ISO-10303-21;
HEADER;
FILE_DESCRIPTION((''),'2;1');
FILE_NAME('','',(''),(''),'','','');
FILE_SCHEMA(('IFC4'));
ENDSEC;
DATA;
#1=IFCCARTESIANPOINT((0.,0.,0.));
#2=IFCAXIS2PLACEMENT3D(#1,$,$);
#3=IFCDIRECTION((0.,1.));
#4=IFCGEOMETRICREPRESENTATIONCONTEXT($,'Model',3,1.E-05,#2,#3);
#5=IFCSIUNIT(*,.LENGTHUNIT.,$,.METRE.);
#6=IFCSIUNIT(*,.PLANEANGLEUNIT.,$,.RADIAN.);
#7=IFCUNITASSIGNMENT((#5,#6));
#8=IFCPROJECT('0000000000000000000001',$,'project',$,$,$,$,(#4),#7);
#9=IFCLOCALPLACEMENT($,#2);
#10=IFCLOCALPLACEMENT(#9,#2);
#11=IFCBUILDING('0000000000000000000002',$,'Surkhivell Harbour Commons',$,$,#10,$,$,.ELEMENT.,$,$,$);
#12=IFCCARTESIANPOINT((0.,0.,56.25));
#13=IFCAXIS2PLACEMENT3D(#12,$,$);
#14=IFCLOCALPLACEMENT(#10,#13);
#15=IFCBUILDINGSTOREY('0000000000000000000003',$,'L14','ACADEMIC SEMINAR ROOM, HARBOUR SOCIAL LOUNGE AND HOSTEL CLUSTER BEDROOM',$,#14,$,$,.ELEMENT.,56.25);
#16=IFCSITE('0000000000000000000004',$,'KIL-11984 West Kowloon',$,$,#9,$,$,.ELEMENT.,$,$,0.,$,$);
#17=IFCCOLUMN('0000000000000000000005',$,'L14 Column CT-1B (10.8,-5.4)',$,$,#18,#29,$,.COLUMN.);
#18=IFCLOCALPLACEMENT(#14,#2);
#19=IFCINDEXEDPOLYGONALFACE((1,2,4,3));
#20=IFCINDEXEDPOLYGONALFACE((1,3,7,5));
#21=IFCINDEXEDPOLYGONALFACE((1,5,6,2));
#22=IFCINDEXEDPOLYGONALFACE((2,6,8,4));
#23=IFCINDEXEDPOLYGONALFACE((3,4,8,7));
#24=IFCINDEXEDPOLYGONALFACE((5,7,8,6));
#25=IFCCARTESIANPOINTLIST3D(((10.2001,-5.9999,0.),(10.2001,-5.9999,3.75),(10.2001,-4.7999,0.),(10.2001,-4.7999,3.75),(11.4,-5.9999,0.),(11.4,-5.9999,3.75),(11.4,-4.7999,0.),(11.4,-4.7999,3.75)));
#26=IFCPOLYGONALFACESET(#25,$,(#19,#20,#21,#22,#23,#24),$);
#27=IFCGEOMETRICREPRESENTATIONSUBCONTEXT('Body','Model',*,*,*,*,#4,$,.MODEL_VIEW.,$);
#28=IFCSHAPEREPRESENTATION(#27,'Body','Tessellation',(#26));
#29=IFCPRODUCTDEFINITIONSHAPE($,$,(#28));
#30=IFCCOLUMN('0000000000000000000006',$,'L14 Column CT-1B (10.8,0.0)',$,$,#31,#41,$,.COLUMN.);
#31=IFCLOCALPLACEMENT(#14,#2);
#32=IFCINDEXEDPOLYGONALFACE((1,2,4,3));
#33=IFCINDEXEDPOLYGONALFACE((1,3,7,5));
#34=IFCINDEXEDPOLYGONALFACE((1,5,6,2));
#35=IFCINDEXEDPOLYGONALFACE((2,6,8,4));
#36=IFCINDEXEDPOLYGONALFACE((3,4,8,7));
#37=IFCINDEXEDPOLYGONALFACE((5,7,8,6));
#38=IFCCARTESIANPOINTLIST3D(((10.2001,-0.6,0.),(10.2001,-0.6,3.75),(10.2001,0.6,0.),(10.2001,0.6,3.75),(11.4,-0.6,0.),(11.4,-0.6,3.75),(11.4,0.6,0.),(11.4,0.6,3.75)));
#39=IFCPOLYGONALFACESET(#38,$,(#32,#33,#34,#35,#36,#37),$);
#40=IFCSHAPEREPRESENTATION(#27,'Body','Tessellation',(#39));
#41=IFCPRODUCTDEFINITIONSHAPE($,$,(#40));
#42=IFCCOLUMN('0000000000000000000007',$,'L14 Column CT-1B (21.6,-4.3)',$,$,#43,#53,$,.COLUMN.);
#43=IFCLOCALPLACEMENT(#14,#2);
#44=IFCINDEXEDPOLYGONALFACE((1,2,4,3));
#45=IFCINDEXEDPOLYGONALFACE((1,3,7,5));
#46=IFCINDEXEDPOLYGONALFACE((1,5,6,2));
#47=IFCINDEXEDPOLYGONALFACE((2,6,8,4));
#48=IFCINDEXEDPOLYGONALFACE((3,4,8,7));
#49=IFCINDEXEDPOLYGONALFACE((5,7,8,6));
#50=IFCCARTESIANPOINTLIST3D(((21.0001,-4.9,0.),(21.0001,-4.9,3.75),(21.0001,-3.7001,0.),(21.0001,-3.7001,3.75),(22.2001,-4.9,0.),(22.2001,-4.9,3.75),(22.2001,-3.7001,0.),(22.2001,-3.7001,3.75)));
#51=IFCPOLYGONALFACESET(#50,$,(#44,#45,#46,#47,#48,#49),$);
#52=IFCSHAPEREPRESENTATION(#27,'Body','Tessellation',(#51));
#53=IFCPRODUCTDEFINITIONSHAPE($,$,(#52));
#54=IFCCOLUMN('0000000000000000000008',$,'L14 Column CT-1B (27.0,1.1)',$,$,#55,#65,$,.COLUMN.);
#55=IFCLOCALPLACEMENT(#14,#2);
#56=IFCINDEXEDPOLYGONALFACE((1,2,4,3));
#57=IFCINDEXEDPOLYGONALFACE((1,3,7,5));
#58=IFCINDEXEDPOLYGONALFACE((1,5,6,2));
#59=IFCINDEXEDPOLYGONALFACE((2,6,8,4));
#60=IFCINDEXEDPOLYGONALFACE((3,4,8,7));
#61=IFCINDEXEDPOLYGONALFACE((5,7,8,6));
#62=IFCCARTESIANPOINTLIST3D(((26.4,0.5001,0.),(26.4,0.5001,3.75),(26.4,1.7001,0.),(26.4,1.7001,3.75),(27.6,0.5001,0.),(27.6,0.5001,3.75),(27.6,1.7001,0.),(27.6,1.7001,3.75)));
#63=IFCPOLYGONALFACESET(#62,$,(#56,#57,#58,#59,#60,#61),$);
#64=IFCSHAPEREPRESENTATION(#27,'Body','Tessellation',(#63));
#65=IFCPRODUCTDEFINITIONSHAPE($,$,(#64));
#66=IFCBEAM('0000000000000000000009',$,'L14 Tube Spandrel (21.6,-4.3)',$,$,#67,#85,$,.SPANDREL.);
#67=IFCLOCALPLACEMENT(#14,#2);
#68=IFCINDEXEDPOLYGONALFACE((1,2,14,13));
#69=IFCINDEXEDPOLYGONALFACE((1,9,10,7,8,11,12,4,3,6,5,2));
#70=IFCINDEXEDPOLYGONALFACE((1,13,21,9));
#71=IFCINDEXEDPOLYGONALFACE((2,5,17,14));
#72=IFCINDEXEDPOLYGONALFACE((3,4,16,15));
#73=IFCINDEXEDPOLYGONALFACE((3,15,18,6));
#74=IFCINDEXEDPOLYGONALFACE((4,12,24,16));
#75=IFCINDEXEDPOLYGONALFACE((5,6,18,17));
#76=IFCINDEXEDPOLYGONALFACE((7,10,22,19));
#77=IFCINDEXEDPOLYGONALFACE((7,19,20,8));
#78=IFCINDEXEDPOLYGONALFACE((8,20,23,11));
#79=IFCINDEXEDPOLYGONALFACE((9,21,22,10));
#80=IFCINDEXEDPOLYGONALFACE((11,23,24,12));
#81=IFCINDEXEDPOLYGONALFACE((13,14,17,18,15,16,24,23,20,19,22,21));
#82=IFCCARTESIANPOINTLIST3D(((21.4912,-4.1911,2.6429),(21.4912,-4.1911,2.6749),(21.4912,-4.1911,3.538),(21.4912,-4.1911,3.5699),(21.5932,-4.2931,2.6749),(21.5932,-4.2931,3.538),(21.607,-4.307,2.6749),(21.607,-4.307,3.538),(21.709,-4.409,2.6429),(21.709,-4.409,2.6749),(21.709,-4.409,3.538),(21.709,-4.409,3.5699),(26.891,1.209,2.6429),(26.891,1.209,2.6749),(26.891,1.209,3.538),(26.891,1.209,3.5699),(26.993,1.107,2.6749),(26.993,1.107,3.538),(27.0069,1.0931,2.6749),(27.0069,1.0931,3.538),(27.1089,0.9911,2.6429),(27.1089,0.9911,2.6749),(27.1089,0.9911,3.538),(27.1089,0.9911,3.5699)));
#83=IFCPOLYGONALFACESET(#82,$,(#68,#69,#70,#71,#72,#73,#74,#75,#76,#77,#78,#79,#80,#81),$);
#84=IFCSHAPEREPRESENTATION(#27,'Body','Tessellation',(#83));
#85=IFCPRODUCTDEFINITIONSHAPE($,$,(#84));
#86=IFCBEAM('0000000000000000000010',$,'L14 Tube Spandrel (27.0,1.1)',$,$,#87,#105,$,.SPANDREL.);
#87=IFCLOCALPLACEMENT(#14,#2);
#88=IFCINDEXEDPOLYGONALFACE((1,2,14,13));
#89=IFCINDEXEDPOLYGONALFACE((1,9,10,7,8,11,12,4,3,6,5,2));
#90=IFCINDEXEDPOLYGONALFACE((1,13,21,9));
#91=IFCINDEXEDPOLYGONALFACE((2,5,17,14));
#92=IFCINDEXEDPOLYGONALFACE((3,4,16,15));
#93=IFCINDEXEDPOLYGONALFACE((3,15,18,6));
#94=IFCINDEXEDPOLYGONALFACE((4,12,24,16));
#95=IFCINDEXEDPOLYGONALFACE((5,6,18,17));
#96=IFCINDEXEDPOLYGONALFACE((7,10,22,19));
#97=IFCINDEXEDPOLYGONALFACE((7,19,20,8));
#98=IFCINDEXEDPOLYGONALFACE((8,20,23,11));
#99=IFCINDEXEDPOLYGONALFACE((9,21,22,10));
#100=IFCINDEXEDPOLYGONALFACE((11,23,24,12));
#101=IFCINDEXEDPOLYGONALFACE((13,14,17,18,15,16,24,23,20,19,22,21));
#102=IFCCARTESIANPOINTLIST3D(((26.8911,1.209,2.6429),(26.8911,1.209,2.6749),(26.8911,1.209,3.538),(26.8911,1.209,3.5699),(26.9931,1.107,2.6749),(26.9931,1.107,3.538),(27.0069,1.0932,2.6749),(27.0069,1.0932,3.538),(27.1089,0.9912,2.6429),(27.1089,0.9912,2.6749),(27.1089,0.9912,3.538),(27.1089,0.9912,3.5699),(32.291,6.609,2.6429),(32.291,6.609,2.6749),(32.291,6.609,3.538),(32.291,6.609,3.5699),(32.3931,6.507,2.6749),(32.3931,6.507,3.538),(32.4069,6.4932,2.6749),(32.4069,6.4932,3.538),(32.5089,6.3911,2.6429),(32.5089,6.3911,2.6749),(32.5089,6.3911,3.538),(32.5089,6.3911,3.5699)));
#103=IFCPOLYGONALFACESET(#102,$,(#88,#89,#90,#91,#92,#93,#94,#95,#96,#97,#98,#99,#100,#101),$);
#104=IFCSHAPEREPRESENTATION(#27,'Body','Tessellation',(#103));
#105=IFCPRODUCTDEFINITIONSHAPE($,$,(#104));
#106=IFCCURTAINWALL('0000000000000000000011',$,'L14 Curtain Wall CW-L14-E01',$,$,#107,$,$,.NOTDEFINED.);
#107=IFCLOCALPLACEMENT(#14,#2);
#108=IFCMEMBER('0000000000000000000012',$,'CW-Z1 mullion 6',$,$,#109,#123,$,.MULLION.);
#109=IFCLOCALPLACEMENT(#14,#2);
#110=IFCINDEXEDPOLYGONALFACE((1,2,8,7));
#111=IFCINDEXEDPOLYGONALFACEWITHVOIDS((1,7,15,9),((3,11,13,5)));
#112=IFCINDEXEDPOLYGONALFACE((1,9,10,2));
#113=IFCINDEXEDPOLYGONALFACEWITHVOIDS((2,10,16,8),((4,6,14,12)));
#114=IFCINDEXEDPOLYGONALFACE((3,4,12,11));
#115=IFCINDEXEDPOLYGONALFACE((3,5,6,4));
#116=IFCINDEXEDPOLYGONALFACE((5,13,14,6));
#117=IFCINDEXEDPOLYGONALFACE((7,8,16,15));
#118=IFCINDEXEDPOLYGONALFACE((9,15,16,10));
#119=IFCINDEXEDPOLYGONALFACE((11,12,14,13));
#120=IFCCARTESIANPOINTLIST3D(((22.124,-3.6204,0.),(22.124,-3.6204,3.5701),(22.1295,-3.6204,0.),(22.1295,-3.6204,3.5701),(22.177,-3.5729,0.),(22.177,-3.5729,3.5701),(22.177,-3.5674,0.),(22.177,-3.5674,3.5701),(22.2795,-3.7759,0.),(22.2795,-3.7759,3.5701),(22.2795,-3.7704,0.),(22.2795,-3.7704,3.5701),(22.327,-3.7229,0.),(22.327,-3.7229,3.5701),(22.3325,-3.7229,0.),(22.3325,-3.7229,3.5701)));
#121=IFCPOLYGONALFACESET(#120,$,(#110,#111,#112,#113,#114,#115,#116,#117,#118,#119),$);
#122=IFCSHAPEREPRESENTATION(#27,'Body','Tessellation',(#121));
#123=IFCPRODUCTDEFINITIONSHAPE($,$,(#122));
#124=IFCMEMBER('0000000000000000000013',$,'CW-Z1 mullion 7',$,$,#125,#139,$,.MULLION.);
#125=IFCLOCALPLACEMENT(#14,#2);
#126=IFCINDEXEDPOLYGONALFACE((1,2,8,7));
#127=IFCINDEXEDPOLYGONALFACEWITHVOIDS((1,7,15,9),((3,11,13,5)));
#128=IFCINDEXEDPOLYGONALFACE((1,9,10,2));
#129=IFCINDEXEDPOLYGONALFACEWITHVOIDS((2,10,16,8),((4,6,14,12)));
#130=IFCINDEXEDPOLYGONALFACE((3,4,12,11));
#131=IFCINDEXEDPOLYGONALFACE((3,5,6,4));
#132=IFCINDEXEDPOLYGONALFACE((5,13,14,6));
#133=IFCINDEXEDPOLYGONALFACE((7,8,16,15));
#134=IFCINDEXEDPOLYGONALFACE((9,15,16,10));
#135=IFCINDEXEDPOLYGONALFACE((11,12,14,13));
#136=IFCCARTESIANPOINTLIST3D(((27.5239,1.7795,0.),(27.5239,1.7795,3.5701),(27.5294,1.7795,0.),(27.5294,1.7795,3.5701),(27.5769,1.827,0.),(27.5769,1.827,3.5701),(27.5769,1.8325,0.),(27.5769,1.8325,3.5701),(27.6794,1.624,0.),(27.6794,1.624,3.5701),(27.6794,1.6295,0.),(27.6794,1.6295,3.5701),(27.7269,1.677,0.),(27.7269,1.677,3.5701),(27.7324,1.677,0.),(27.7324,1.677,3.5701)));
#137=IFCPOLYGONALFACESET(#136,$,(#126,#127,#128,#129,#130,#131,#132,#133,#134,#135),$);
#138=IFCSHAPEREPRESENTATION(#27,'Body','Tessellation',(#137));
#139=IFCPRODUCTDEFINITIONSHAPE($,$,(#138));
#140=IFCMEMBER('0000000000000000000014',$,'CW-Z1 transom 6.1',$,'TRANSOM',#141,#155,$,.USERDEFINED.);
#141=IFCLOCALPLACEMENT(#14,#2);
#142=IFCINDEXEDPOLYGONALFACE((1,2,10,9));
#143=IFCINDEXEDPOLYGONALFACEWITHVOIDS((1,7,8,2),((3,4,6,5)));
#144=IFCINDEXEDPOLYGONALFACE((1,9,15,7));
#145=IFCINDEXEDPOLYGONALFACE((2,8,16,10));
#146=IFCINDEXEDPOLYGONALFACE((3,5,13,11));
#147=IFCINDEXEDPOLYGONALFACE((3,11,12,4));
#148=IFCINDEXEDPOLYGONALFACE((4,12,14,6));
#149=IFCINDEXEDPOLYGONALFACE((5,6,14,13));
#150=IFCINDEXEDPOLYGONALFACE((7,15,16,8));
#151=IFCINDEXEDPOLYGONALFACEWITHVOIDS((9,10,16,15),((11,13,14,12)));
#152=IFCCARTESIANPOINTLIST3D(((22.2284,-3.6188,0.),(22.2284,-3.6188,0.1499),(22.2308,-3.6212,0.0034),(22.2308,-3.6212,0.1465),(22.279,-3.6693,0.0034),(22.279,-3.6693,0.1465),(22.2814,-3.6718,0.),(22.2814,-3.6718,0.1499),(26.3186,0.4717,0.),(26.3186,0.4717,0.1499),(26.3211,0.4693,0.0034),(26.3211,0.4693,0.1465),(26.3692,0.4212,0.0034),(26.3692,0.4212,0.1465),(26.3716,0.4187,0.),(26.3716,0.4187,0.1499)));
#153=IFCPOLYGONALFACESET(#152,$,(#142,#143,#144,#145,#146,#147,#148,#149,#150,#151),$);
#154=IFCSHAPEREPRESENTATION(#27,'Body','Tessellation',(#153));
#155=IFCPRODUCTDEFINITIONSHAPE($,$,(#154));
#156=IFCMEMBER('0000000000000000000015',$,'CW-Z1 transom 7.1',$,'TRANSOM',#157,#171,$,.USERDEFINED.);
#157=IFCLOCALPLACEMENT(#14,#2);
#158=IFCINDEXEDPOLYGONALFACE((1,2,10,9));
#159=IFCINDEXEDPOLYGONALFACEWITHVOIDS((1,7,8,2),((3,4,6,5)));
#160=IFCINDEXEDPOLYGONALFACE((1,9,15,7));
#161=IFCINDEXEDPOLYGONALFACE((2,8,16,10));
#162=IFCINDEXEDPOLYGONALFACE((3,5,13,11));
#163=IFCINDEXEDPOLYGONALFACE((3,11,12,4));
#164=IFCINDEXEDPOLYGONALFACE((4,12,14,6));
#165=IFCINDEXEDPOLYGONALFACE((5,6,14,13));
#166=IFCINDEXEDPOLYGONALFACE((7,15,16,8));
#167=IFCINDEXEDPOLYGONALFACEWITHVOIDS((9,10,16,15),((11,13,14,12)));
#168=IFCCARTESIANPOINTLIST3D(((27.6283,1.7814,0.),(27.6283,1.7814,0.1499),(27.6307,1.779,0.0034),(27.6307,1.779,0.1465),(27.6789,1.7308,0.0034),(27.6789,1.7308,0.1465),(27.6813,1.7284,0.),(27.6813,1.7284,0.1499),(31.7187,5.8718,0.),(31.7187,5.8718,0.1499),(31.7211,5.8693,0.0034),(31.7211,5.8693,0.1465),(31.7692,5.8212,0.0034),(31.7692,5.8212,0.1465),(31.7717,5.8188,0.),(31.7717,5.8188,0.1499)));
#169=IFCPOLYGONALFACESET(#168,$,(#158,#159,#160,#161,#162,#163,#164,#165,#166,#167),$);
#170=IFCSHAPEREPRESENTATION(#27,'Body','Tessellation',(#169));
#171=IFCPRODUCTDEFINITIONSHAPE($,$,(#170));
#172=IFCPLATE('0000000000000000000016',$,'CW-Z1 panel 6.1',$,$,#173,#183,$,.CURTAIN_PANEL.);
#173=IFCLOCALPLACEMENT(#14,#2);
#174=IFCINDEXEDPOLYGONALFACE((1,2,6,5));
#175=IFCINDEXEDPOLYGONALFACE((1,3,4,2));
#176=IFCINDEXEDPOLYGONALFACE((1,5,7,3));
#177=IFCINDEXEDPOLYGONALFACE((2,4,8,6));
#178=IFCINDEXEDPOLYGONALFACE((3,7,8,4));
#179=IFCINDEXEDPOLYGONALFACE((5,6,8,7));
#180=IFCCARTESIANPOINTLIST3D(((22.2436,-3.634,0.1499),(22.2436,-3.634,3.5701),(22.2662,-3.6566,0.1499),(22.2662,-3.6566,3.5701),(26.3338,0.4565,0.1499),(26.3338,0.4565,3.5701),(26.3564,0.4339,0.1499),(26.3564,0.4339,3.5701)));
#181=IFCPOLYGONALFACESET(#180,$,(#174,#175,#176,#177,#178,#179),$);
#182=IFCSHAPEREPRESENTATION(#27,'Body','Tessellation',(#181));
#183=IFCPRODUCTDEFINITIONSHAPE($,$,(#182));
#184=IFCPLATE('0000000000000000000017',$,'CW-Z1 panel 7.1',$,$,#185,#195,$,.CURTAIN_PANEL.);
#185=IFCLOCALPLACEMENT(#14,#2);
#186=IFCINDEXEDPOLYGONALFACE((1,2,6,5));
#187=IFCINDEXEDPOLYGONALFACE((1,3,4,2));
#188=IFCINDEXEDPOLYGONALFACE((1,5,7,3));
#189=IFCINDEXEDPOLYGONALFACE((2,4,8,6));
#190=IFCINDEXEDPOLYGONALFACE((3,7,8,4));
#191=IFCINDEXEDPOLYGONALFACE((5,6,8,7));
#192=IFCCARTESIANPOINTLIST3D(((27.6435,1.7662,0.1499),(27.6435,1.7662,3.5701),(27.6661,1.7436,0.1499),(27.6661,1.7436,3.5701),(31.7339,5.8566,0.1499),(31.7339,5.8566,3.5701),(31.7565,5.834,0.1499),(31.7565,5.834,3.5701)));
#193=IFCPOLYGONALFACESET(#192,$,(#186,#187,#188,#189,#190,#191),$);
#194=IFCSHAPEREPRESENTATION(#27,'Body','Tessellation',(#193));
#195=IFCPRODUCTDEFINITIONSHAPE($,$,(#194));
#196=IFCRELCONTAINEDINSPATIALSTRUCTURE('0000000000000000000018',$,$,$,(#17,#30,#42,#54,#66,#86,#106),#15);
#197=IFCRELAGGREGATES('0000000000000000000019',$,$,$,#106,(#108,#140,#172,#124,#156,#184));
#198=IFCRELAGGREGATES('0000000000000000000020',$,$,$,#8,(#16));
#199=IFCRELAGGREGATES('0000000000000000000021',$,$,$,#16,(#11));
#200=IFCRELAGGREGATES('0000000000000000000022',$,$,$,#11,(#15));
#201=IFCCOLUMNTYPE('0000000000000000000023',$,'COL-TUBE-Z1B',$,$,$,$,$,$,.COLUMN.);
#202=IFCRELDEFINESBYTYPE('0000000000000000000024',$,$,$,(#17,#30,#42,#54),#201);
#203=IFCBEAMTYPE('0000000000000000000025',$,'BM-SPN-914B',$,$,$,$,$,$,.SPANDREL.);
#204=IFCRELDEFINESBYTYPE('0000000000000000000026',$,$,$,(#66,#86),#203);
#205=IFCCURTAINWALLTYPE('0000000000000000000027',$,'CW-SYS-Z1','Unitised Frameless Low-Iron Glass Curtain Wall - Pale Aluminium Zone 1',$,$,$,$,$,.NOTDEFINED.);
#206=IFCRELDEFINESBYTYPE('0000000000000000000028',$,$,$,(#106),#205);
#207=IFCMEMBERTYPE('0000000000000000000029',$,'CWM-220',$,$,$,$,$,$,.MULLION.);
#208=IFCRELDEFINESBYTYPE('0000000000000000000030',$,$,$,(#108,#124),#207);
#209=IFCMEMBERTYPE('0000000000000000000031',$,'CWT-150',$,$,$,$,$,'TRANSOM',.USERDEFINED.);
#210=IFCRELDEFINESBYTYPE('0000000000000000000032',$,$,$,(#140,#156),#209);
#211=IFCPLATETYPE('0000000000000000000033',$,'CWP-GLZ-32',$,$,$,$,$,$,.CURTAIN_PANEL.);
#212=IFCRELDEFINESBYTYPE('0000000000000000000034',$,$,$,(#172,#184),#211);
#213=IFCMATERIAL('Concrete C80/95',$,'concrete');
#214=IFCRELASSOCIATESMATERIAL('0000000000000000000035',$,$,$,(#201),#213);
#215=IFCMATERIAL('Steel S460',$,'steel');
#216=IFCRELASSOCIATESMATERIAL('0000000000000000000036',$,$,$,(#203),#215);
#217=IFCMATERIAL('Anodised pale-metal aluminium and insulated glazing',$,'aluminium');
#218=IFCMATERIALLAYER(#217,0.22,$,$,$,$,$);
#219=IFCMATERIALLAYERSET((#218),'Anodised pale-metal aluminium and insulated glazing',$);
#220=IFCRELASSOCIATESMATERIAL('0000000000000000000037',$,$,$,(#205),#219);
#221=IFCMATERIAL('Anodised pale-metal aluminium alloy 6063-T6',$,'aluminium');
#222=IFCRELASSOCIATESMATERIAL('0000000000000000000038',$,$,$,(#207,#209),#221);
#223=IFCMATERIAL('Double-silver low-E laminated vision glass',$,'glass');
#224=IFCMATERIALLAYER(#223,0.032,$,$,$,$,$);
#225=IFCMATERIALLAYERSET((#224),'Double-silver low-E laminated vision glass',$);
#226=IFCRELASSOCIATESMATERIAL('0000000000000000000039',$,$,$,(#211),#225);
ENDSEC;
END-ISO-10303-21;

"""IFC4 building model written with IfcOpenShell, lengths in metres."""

from ifc_helpers import new_model, si_unit, direction, frame, frame_2d, origin, origin_2d, place, context, subcontext, project, spatial, rectangle, hollow_rectangle, i_section, extrude, material, layer, layer_set, material_profile, profile_set, type_object, element, aggregate, save


model = new_model("IFC4")

# Units and contexts
model_context = context("Model", 3, precision=1e-05, world=origin(), true_north=direction((0.0, 1.0)))
body_context = subcontext(model_context, "Body", "Model", "MODEL_VIEW")
ifc_project = project(units=[si_unit("LENGTHUNIT", "METRE"), si_unit("PLANEANGLEUNIT", "RADIAN")], contexts=[model_context])

# Site, building, storey
site_placement = place(None, origin())
site = spatial("IfcSite", under=ifc_project, at=site_placement, Name="KIL-11984 West Kowloon", CompositionType="ELEMENT", RefElevation=0.0)
building_placement = place(site_placement, origin())
building = spatial("IfcBuilding", under=site, at=building_placement, Name="Surkhivell Harbour Commons", CompositionType="ELEMENT")
storey_placement = place(building_placement, frame((0.0, 0.0, 56.25)))
storey = spatial("IfcBuildingStorey", under=building, at=storey_placement, Name="L14", Description="ACADEMIC SEMINAR ROOM, HARBOUR SOCIAL LOUNGE AND HOSTEL CLUSTER BEDROOM", CompositionType="ELEMENT", Elevation=56.25)

# Columns
ifc_material_1 = material(Name="Concrete C80/95", Category="concrete")
ifc_material_profile_1 = material_profile(ifc_material_1, rectangle(XDim=1.2, YDim=1.2, at=origin_2d()), Name="RC-COL-1200x1200")
ifc_profile_set_1 = profile_set([ifc_material_profile_1], Name="Concrete C80/95")
column_type = type_object("IfcColumnType", Name="COL-TUBE-Z1B", PredefinedType="COLUMN", material=ifc_profile_set_1)
for number, where, z_axis, x_axis, name in (
    (1, (10.8, -5.3999, 0.0), (0.0, 0.0, 1.0), (1.0, 0.0, 0.0), "L14 Column CT-1B (10.8,-5.4)"),
    (2, (10.8, 0.0, 0.0), (0.0, 0.0, 1.0), (1.0, 0.0, 0.0), "L14 Column CT-1B (10.8,0.0)"),
    (3, (21.6001, -4.3, 0.0), (0.0, 0.0, 1.0), (1.0, 0.0, 0.0), "L14 Column CT-1B (21.6,-4.3)"),
    (4, (27.0, 1.1001, 0.0), (0.0, 0.0, 1.0), (1.0, 0.0, 0.0), "L14 Column CT-1B (27.0,1.1)"),
):
    element("IfcColumn", number, at=place(storey_placement, frame(where, z_axis=z_axis, x_axis=x_axis)), inside=storey, type_object=column_type, Name=name, PredefinedType="COLUMN", context=body_context, shape_type="SweptSolid", body=[
        extrude(rectangle(XDim=1.2, YDim=1.2, at=origin_2d()), origin(), (0.0, 0.0, 1.0), 3.75),
    ])

# Beams
ifc_material_2 = material(Name="Steel S460", Category="steel")
ifc_material_profile_2 = material_profile(ifc_material_2, i_section(OverallWidth=0.3081, OverallDepth=0.927, WebThickness=0.0195, FlangeThickness=0.032, at=origin_2d()), Name="UB914x305x289")
ifc_profile_set_2 = profile_set([ifc_material_profile_2], Name="Steel S460")
beam_type = type_object("IfcBeamType", Name="BM-SPN-914B", PredefinedType="SPANDREL", material=ifc_profile_set_2)
for number, where, z_axis, x_axis, name in (
    (5, (21.6001, -4.3, 3.1064), (0.707091, 0.707123, 0.0), (-0.707123, 0.707091, 0.0), "L14 Tube Spandrel (21.6,-4.3)"),
    (6, (27.0, 1.1001, 3.1064), (0.707107, 0.707107, 0.0), (-0.707107, 0.707107, 0.0), "L14 Tube Spandrel (27.0,1.1)"),
):
    element("IfcBeam", number, at=place(storey_placement, frame(where, z_axis=z_axis, x_axis=x_axis)), inside=storey, type_object=beam_type, Name=name, PredefinedType="SPANDREL", context=body_context, shape_type="SweptSolid", body=[
        extrude(i_section(OverallWidth=0.3081, OverallDepth=0.927, WebThickness=0.0195, FlangeThickness=0.032, at=origin_2d()), origin(), (0.0, 0.0, 1.0), 7.6367),
    ])

# Curtain wall, members, plates
ifc_material_3 = material(Name="Anodised pale-metal aluminium and insulated glazing", Category="aluminium")
ifc_layer_1 = layer(ifc_material_3, 0.22)
ifc_layer_set_1 = layer_set([ifc_layer_1], Name="Anodised pale-metal aluminium and insulated glazing")
curtain_wall_type = type_object("IfcCurtainWallType", Name="CW-SYS-Z1", Description="Unitised Frameless Low-Iron Glass Curtain Wall - Pale Aluminium Zone 1", PredefinedType="NOTDEFINED", material=ifc_layer_set_1)
curtain_wall_placement = place(storey_placement, origin())
curtain_wall = element("IfcCurtainWall", 7, at=curtain_wall_placement, inside=storey, type_object=curtain_wall_type, Name="L14 Curtain Wall CW-L14-E01", PredefinedType="NOTDEFINED")
ifc_material_4 = material(Name="Anodised pale-metal aluminium alloy 6063-T6", Category="aluminium")
ifc_material_profile_3 = material_profile(ifc_material_4, hollow_rectangle(XDim=0.075, YDim=0.22, WallThickness=0.0039, at=origin_2d()), Name="ALU-MULL-75x220")
ifc_profile_set_3 = profile_set([ifc_material_profile_3], Name="Anodised pale-metal aluminium alloy 6063-T6")
member_type_1 = type_object("IfcMemberType", Name="CWM-220", PredefinedType="MULLION", material=ifc_profile_set_3)
member_1_placement = place(storey_placement, frame((22.2283, -3.6716, 0.0), z_axis=(0.0, 0.0, 1.0), x_axis=(0.707107, 0.707107, 0.0)))
member_1 = element("IfcMember", 8, at=member_1_placement, type_object=member_type_1, Name="CW-Z1 mullion 6", PredefinedType="MULLION", context=body_context, shape_type="SweptSolid", body=[
    extrude(hollow_rectangle(XDim=0.075, YDim=0.22, WallThickness=0.0039, at=origin_2d()), origin(), (0.0, 0.0, 1.0), 3.5701),
])
member_2_placement = place(storey_placement, frame((27.6282, 1.7283, 0.0), z_axis=(0.0, 0.0, 1.0), x_axis=(0.707107, 0.707107, 0.0)))
member_2 = element("IfcMember", 9, at=member_2_placement, type_object=member_type_1, Name="CW-Z1 mullion 7", PredefinedType="MULLION", context=body_context, shape_type="SweptSolid", body=[
    extrude(hollow_rectangle(XDim=0.075, YDim=0.22, WallThickness=0.0039, at=origin_2d()), origin(), (0.0, 0.0, 1.0), 3.5701),
])
ifc_material_profile_4 = material_profile(ifc_material_4, hollow_rectangle(XDim=0.075, YDim=0.1499, WallThickness=0.0034, at=origin_2d()), Name="ALU-TRAN-75x150")
ifc_profile_set_4 = profile_set([ifc_material_profile_4], Name="Anodised pale-metal aluminium alloy 6063-T6")
member_type_2 = type_object("IfcMemberType", Name="CWT-150", ElementType="TRANSOM", PredefinedType="USERDEFINED", material=ifc_profile_set_4)
member_3_placement = place(storey_placement, frame((22.2549, -3.6453, 0.075), z_axis=(0.707086, 0.707128, 0.0), x_axis=(-0.707128, 0.707086, 0.0)))
member_3 = element("IfcMember", 10, at=member_3_placement, type_object=member_type_2, Name="CW-Z1 transom 6.1", ObjectType="TRANSOM", PredefinedType="USERDEFINED", context=body_context, shape_type="SweptSolid", body=[
    extrude(hollow_rectangle(XDim=0.075, YDim=0.1499, WallThickness=0.0034, at=origin_2d()), origin(), (0.0, 0.0, 1.0), 5.7847),
])
member_4_placement = place(storey_placement, frame((27.6548, 1.7549, 0.075), z_axis=(0.707107, 0.707107, 0.0), x_axis=(-0.707107, 0.707107, 0.0)))
member_4 = element("IfcMember", 11, at=member_4_placement, type_object=member_type_2, Name="CW-Z1 transom 7.1", ObjectType="TRANSOM", PredefinedType="USERDEFINED", context=body_context, shape_type="SweptSolid", body=[
    extrude(hollow_rectangle(XDim=0.075, YDim=0.1499, WallThickness=0.0034, at=origin_2d()), origin(), (0.0, 0.0, 1.0), 5.7847),
])
ifc_material_5 = material(Name="Double-silver low-E laminated vision glass", Category="glass")
ifc_layer_2 = layer(ifc_material_5, 0.032)
ifc_layer_set_2 = layer_set([ifc_layer_2], Name="Double-silver low-E laminated vision glass")
plate_type = type_object("IfcPlateType", Name="CWP-GLZ-32", PredefinedType="CURTAIN_PANEL", material=ifc_layer_set_2)
plate_1_placement = place(storey_placement, frame((22.2549, -3.6453, 0.1499), z_axis=(0.0, 0.0, 1.0), x_axis=(0.707086, 0.707128, 0.0)))
plate_1 = element("IfcPlate", 12, at=plate_1_placement, type_object=plate_type, Name="CW-Z1 panel 6.1", PredefinedType="CURTAIN_PANEL", context=body_context, shape_type="SweptSolid", body=[
    extrude(rectangle(XDim=5.7847, YDim=0.032, at=frame_2d((2.8923, 0.0))), origin(), (0.0, 0.0, 1.0), 3.4202),
])
plate_2_placement = place(storey_placement, frame((27.6548, 1.7549, 0.1499), z_axis=(0.0, 0.0, 1.0), x_axis=(0.707107, 0.707107, 0.0)))
plate_2 = element("IfcPlate", 13, at=plate_2_placement, type_object=plate_type, Name="CW-Z1 panel 7.1", PredefinedType="CURTAIN_PANEL", context=body_context, shape_type="SweptSolid", body=[
    extrude(rectangle(XDim=5.7847, YDim=0.032, at=frame_2d((2.8923, 0.0))), origin(), (0.0, 0.0, 1.0), 3.4202),
])
aggregate(curtain_wall, [member_1, member_3, plate_1, member_2, member_4, plate_2])

save(model, "model.ifc")
